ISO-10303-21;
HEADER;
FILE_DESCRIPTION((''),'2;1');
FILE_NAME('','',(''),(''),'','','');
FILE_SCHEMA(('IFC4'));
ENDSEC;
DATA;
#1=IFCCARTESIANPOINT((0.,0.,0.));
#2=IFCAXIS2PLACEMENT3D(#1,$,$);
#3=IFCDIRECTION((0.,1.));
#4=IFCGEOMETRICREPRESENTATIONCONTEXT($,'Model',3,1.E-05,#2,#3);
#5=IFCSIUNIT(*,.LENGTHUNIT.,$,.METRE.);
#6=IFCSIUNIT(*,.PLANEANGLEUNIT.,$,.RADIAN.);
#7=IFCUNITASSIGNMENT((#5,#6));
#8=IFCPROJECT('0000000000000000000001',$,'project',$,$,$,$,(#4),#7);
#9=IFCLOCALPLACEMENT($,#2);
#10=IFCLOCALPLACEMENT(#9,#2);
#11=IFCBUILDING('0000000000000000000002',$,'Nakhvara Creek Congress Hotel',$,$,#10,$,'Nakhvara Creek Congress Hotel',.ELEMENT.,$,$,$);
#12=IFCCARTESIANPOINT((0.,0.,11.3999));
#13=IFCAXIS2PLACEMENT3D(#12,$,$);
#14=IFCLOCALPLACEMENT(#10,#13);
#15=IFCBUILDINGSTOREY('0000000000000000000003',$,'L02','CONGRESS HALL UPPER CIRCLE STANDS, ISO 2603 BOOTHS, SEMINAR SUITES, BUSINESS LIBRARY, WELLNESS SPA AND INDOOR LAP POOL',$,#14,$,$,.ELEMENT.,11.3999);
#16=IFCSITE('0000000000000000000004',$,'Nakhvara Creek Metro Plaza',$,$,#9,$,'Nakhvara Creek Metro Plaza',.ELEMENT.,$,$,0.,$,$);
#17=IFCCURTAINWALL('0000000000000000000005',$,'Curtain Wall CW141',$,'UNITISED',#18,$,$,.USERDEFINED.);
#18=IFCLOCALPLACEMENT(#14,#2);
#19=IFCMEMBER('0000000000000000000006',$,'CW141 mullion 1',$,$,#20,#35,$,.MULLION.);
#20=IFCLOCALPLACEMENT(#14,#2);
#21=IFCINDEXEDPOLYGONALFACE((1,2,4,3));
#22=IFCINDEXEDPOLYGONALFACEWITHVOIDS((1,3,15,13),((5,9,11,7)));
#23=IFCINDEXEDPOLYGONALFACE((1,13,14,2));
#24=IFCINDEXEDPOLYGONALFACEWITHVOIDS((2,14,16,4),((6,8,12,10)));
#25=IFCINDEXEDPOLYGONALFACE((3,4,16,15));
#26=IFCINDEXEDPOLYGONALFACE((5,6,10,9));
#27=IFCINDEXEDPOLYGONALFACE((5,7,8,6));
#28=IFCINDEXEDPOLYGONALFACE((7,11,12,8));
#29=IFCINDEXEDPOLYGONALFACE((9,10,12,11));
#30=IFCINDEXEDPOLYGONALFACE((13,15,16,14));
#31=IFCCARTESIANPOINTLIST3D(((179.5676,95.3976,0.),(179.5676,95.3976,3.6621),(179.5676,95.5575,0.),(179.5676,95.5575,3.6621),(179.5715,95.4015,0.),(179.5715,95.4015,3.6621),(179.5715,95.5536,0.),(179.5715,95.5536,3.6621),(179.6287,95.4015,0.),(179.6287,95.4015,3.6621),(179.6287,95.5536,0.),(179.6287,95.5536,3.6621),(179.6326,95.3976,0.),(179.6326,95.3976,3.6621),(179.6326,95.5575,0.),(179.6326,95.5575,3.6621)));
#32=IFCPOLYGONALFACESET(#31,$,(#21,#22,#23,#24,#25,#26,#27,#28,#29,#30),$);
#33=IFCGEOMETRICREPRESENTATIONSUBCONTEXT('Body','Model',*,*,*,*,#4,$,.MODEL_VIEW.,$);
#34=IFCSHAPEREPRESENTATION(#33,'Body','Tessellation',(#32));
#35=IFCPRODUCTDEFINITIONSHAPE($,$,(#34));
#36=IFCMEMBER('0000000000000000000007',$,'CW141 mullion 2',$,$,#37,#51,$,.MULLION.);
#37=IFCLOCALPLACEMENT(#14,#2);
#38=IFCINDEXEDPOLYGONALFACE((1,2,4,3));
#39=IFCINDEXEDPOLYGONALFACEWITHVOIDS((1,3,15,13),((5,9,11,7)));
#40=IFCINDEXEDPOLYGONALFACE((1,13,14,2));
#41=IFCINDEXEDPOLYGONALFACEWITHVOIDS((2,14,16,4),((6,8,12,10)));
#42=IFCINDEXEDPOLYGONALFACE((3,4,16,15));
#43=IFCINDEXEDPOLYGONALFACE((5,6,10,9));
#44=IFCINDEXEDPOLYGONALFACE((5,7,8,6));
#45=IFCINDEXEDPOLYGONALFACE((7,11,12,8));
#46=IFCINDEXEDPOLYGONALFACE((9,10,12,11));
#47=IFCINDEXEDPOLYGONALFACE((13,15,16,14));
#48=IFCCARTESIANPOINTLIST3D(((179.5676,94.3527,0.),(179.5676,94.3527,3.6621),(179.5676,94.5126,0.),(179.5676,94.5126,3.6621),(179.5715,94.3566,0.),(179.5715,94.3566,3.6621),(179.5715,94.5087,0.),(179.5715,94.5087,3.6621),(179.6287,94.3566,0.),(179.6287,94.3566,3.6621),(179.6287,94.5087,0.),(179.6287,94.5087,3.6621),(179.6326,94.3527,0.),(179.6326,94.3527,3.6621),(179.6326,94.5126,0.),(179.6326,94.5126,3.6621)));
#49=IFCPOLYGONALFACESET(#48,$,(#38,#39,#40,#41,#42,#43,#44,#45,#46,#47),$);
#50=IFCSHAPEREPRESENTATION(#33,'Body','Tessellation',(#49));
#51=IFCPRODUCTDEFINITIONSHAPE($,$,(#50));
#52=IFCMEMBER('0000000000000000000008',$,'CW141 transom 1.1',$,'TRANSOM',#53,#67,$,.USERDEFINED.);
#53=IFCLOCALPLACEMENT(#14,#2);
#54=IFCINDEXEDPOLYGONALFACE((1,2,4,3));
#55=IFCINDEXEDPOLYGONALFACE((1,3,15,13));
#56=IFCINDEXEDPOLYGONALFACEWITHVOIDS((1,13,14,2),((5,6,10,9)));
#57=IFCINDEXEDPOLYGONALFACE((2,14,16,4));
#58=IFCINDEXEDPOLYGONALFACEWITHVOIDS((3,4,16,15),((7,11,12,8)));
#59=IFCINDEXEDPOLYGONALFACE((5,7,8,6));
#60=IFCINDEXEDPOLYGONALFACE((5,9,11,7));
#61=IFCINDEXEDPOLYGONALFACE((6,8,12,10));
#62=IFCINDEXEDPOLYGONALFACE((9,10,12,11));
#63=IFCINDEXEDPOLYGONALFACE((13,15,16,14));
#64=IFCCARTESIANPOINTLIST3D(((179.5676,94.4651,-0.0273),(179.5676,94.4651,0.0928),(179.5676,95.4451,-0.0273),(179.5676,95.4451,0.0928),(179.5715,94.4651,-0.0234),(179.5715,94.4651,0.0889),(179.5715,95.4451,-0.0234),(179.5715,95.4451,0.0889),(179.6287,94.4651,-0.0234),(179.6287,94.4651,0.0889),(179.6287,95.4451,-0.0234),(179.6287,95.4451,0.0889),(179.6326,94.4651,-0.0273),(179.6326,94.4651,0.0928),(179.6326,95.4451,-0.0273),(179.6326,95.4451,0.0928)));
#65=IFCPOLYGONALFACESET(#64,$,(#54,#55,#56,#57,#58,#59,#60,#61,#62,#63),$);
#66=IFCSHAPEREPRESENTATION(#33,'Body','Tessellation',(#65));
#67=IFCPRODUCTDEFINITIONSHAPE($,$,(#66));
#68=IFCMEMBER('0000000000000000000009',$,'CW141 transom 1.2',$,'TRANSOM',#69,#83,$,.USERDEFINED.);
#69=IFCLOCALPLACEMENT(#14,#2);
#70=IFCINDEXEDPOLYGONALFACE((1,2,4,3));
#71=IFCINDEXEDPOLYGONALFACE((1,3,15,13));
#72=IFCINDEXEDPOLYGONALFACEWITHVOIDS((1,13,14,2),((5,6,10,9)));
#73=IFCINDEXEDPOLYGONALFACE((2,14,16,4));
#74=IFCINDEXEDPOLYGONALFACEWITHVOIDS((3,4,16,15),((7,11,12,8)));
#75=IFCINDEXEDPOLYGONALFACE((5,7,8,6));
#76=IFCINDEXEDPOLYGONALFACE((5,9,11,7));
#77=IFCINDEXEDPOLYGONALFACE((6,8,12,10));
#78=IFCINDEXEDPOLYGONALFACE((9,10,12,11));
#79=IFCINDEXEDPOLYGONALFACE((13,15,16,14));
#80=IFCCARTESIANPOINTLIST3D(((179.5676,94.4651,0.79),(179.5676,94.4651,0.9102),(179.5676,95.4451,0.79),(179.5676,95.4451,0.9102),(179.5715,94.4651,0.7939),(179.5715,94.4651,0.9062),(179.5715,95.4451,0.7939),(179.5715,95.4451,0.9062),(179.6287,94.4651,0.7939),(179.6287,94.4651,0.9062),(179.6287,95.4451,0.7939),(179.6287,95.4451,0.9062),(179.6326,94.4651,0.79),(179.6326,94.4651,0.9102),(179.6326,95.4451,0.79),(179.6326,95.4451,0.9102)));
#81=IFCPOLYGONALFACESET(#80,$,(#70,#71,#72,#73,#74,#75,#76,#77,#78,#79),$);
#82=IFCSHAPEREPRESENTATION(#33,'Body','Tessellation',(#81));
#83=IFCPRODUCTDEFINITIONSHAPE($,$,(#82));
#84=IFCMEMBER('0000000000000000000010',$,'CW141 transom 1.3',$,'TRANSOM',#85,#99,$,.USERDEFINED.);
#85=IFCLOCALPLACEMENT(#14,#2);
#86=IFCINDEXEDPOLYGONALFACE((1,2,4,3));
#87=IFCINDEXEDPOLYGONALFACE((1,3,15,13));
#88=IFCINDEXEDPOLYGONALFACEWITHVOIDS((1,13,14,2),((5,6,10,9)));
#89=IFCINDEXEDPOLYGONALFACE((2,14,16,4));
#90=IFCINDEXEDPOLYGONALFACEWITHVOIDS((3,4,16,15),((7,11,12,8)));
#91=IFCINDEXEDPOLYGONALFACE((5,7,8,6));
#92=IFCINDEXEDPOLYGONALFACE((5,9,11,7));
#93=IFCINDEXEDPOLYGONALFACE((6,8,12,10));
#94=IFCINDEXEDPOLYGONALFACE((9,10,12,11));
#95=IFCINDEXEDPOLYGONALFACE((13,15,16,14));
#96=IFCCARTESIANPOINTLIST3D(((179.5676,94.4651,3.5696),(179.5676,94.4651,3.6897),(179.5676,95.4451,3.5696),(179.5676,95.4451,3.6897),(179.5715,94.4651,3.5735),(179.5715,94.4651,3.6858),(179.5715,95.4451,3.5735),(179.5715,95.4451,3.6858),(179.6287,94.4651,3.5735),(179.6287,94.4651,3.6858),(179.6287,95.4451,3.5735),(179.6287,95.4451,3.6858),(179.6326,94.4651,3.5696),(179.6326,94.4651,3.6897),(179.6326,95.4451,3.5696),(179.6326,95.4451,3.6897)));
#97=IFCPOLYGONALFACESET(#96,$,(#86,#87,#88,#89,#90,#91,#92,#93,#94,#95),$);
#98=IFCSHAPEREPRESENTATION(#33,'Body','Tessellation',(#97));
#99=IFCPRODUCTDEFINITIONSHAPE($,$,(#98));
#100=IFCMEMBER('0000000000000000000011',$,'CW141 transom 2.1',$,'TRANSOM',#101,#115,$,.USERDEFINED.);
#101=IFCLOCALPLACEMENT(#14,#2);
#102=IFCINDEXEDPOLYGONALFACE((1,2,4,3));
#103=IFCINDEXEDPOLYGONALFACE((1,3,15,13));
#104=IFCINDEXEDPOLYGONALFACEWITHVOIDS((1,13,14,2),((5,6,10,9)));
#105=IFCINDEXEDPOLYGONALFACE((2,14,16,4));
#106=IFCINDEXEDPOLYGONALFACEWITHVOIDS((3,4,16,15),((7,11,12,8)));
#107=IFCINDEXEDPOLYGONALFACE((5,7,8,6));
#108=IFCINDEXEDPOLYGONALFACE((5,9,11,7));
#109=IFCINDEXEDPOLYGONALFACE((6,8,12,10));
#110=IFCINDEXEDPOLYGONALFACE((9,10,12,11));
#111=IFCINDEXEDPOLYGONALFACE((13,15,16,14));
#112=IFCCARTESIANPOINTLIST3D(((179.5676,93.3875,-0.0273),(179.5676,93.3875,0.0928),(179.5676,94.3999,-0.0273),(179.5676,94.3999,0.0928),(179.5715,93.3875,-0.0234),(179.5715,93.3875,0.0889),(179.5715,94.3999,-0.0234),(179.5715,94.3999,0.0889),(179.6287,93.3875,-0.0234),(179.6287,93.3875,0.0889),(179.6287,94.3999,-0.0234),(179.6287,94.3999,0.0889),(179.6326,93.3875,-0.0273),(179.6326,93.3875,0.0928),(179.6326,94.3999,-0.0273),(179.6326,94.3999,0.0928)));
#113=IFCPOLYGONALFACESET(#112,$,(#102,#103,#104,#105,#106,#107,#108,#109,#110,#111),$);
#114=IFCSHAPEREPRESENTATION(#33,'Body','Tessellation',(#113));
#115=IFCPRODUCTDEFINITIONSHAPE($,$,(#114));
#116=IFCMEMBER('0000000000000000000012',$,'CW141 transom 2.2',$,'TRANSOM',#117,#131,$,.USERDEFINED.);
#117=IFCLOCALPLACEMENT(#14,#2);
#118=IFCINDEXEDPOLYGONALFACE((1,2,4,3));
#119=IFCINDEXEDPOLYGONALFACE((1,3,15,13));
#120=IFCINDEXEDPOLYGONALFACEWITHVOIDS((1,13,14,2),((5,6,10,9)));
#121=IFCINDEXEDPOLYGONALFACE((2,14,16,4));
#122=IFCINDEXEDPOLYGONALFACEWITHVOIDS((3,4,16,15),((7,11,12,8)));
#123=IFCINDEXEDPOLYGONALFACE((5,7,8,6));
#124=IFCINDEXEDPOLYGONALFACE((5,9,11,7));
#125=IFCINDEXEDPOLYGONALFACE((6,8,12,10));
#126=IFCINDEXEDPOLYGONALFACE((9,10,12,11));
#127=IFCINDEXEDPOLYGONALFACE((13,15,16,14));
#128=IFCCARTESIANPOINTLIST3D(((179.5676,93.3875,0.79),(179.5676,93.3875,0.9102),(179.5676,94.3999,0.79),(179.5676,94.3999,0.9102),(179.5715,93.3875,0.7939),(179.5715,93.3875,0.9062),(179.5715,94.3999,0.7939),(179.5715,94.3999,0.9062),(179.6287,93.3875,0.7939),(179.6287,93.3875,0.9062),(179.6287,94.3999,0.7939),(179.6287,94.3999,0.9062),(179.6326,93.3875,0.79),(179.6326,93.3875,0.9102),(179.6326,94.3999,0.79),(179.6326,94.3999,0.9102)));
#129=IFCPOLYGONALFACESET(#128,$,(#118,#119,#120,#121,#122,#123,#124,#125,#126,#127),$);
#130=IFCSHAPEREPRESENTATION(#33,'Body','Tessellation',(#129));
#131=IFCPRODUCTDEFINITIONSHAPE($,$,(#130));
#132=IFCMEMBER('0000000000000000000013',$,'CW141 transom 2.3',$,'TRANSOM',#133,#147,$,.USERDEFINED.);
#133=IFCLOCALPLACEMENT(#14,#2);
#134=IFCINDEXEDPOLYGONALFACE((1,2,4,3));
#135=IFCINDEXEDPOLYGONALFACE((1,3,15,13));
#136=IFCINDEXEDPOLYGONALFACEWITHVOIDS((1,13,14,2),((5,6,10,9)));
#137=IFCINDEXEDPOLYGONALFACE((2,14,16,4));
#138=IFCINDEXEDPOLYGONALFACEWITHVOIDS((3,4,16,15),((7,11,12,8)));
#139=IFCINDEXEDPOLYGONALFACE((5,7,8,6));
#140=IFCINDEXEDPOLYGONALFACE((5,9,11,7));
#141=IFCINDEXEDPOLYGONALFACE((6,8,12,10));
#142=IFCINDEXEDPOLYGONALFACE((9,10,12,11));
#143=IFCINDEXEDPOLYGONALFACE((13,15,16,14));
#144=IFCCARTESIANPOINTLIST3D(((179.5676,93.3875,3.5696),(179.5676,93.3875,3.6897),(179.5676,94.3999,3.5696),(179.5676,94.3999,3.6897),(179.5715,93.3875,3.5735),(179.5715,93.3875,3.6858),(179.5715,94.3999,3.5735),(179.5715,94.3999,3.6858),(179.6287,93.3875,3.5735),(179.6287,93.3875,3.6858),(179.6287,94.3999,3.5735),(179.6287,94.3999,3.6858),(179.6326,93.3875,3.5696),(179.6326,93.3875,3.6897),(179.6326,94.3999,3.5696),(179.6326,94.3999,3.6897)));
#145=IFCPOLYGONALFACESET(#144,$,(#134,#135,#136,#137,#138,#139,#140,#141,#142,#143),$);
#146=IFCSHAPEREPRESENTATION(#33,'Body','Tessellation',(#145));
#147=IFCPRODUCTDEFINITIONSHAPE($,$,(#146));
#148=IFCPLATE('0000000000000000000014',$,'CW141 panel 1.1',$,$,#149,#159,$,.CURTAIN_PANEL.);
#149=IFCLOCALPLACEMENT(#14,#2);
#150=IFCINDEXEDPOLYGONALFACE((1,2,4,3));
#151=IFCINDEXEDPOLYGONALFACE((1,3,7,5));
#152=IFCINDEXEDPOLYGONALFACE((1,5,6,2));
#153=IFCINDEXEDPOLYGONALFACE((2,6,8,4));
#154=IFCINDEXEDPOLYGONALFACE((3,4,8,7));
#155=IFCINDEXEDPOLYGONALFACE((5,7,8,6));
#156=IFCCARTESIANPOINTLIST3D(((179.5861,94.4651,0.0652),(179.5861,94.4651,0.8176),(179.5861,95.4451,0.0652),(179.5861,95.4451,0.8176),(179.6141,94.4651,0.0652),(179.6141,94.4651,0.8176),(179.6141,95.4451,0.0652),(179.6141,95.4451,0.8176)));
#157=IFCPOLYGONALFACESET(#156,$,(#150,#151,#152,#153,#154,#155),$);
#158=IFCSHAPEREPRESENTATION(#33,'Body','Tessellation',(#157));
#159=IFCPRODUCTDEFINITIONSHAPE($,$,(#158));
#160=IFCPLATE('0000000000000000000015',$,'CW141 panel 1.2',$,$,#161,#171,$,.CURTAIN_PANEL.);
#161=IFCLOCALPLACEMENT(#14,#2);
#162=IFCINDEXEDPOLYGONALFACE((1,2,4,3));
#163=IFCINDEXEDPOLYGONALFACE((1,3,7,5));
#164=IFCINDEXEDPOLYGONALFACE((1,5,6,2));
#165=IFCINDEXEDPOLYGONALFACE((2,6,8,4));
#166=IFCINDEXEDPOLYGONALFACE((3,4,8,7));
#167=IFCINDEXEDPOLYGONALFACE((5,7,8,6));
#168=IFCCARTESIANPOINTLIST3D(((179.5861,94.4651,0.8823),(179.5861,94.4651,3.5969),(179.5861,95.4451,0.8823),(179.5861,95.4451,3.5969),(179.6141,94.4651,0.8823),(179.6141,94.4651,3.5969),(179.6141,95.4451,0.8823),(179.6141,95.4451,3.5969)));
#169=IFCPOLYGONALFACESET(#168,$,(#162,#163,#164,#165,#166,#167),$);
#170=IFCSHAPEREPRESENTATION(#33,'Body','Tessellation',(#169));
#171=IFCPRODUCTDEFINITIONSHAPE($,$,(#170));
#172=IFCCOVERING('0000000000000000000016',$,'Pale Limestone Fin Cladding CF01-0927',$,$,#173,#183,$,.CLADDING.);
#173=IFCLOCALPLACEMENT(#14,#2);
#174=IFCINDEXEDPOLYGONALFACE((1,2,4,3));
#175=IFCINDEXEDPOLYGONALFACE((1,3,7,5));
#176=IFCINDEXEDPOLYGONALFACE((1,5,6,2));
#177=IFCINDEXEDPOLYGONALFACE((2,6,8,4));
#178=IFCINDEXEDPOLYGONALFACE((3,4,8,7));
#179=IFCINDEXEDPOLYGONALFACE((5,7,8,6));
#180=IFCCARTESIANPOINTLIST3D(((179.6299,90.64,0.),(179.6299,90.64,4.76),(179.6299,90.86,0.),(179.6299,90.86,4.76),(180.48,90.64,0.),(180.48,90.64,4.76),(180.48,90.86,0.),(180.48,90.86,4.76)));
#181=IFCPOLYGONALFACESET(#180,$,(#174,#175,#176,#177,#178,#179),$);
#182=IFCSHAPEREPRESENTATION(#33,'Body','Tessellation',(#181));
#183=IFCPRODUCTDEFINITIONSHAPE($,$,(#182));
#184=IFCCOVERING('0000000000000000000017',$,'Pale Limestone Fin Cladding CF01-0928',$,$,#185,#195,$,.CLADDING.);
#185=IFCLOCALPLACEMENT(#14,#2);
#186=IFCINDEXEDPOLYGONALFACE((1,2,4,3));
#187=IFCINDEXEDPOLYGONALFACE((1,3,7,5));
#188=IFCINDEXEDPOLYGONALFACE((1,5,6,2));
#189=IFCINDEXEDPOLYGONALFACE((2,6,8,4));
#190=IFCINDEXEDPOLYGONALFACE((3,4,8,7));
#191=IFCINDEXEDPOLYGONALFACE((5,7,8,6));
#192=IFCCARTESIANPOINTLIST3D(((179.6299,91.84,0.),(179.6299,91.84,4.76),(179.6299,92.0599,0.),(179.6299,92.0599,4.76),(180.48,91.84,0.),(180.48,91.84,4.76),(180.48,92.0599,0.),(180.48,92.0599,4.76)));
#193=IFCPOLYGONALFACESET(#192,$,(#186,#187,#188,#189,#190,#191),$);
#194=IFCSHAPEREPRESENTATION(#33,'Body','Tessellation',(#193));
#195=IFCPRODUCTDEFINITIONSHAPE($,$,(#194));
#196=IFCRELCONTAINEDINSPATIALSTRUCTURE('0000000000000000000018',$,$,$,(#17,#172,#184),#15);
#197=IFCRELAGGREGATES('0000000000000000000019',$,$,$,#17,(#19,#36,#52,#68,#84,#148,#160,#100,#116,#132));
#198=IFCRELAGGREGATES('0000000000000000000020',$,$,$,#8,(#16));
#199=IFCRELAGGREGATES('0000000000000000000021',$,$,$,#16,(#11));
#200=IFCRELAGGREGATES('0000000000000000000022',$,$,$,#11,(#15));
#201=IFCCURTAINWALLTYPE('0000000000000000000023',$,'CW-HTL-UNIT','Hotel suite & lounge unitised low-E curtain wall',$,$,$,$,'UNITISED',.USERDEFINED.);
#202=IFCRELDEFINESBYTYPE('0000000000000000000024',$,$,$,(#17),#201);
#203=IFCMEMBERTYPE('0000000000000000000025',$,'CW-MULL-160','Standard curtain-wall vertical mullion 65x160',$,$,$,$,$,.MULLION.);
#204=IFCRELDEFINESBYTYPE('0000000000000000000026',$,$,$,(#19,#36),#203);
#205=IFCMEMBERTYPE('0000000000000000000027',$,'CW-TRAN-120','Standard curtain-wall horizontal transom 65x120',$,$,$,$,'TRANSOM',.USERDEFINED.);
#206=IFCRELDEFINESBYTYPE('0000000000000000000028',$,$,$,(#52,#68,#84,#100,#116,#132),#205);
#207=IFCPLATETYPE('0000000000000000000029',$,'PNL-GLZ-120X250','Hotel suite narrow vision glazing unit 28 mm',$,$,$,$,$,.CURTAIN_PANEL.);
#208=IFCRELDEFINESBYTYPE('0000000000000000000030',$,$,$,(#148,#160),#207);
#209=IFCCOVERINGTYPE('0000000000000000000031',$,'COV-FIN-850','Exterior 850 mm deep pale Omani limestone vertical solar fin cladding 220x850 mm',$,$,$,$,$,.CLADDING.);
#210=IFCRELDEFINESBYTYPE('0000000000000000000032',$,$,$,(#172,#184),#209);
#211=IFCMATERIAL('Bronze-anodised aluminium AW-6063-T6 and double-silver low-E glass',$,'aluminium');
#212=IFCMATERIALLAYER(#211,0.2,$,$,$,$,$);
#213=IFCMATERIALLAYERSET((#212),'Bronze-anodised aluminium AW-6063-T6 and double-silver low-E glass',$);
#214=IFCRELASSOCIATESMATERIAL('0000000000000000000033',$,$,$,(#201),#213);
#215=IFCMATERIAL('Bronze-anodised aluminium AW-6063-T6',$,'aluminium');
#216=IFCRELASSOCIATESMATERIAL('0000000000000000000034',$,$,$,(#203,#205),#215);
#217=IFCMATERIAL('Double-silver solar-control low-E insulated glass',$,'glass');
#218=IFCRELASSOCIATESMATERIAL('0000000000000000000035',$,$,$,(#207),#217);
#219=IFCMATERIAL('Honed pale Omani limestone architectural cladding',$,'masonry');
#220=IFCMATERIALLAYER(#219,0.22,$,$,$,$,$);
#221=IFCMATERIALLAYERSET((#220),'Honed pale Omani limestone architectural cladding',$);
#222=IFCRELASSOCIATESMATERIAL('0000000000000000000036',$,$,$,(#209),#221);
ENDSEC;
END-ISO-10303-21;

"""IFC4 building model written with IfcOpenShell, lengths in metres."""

from ifc_helpers import new_model, si_unit, direction, frame, origin, origin_2d, place, context, subcontext, project, spatial, rectangle, hollow_rectangle, extrude, material, layer, layer_set, material_profile, profile_set, type_object, element, aggregate, save


model = new_model("IFC4")

# Units and contexts
model_context = context("Model", 3, precision=1e-05, world=origin(), true_north=direction((0.0, 1.0)))
body_context = subcontext(model_context, "Body", "Model", "MODEL_VIEW")
ifc_project = project(units=[si_unit("LENGTHUNIT", "METRE"), si_unit("PLANEANGLEUNIT", "RADIAN")], contexts=[model_context])

# Site, building, storey
site_placement = place(None, origin())
site = spatial("IfcSite", under=ifc_project, at=site_placement, Name="Nakhvara Creek Metro Plaza", LongName="Nakhvara Creek Metro Plaza", CompositionType="ELEMENT", RefElevation=0.0)
building_placement = place(site_placement, origin())
building = spatial("IfcBuilding", under=site, at=building_placement, Name="Nakhvara Creek Congress Hotel", LongName="Nakhvara Creek Congress Hotel", CompositionType="ELEMENT")
storey_placement = place(building_placement, frame((0.0, 0.0, 11.3999)))
storey = spatial("IfcBuildingStorey", under=building, at=storey_placement, Name="L02", Description="CONGRESS HALL UPPER CIRCLE STANDS, ISO 2603 BOOTHS, SEMINAR SUITES, BUSINESS LIBRARY, WELLNESS SPA AND INDOOR LAP POOL", CompositionType="ELEMENT", Elevation=11.3999)

# Curtain wall, members, plates
ifc_material_1 = material(Name="Bronze-anodised aluminium AW-6063-T6 and double-silver low-E glass", Category="aluminium")
ifc_layer_1 = layer(ifc_material_1, 0.2)
ifc_layer_set_1 = layer_set([ifc_layer_1], Name="Bronze-anodised aluminium AW-6063-T6 and double-silver low-E glass")
curtain_wall_type = type_object("IfcCurtainWallType", Name="CW-HTL-UNIT", Description="Hotel suite & lounge unitised low-E curtain wall", ElementType="UNITISED", PredefinedType="USERDEFINED", material=ifc_layer_set_1)
curtain_wall_placement = place(storey_placement, origin())
curtain_wall = element("IfcCurtainWall", 1, at=curtain_wall_placement, inside=storey, type_object=curtain_wall_type, Name="Curtain Wall CW141", ObjectType="UNITISED", PredefinedType="USERDEFINED")
ifc_material_2 = material(Name="Bronze-anodised aluminium AW-6063-T6", Category="aluminium")
ifc_material_profile_1 = material_profile(ifc_material_2, hollow_rectangle(XDim=0.0649, YDim=0.1599, WallThickness=0.0039, at=origin_2d()), Name="ALU-MULL 65x160x4", Category="LoadBearing")
ifc_profile_set_1 = profile_set([ifc_material_profile_1], Name="Bronze-anodised aluminium AW-6063-T6")
member_type_1 = type_object("IfcMemberType", Name="CW-MULL-160", Description="Standard curtain-wall vertical mullion 65x160", PredefinedType="MULLION", material=ifc_profile_set_1)
member_1_placement = place(storey_placement, frame((179.6001, 95.4775, 0.0), z_axis=(0.0, 0.0, 1.0), x_axis=(1.0, 0.0, 0.0)))
member_1 = element("IfcMember", 2, at=member_1_placement, type_object=member_type_1, Name="CW141 mullion 1", PredefinedType="MULLION", context=body_context, shape_type="SweptSolid", body=[
    extrude(hollow_rectangle(XDim=0.0649, YDim=0.1599, WallThickness=0.0039, at=origin_2d()), origin(), (0.0, 0.0, 1.0), 3.6621),
])
member_2_placement = place(storey_placement, frame((179.6001, 94.4326, 0.0), z_axis=(0.0, 0.0, 1.0), x_axis=(1.0, 0.0, 0.0)))
member_2 = element("IfcMember", 3, at=member_2_placement, type_object=member_type_1, Name="CW141 mullion 2", PredefinedType="MULLION", context=body_context, shape_type="SweptSolid", body=[
    extrude(hollow_rectangle(XDim=0.0649, YDim=0.1599, WallThickness=0.0039, at=origin_2d()), origin(), (0.0, 0.0, 1.0), 3.6621),
])
ifc_material_profile_2 = material_profile(ifc_material_2, hollow_rectangle(XDim=0.0649, YDim=0.1201, WallThickness=0.0039, at=origin_2d()), Name="ALU-TRAN 65x120x4", Category="LoadBearing")
ifc_profile_set_2 = profile_set([ifc_material_profile_2], Name="Bronze-anodised aluminium AW-6063-T6")
member_type_2 = type_object("IfcMemberType", Name="CW-TRAN-120", Description="Standard curtain-wall horizontal transom 65x120", ElementType="TRANSOM", PredefinedType="USERDEFINED", material=ifc_profile_set_2)
member_3_placement = place(storey_placement, frame((179.6001, 95.4451, 0.0327), z_axis=(0.0, -1.0, 0.0), x_axis=(1.0, 0.0, 0.0)))
member_3 = element("IfcMember", 4, at=member_3_placement, type_object=member_type_2, Name="CW141 transom 1.1", ObjectType="TRANSOM", PredefinedType="USERDEFINED", context=body_context, shape_type="SweptSolid", body=[
    extrude(hollow_rectangle(XDim=0.0649, YDim=0.1201, WallThickness=0.0039, at=origin_2d()), origin(), (0.0, 0.0, 1.0), 0.98),
])
member_4_placement = place(storey_placement, frame((179.6001, 95.4451, 0.8501), z_axis=(0.0, -1.0, 0.0), x_axis=(1.0, 0.0, 0.0)))
member_4 = element("IfcMember", 5, at=member_4_placement, type_object=member_type_2, Name="CW141 transom 1.2", ObjectType="TRANSOM", PredefinedType="USERDEFINED", context=body_context, shape_type="SweptSolid", body=[
    extrude(hollow_rectangle(XDim=0.0649, YDim=0.1201, WallThickness=0.0039, at=origin_2d()), origin(), (0.0, 0.0, 1.0), 0.98),
])
member_5_placement = place(storey_placement, frame((179.6001, 95.4451, 3.6296), z_axis=(0.0, -1.0, 0.0), x_axis=(1.0, 0.0, 0.0)))
member_5 = element("IfcMember", 6, at=member_5_placement, type_object=member_type_2, Name="CW141 transom 1.3", ObjectType="TRANSOM", PredefinedType="USERDEFINED", context=body_context, shape_type="SweptSolid", body=[
    extrude(hollow_rectangle(XDim=0.0649, YDim=0.1201, WallThickness=0.0039, at=origin_2d()), origin(), (0.0, 0.0, 1.0), 0.98),
])
member_6_placement = place(storey_placement, frame((179.6001, 94.3999, 0.0327), z_axis=(0.0, -1.0, 0.0), x_axis=(1.0, 0.0, 0.0)))
member_6 = element("IfcMember", 7, at=member_6_placement, type_object=member_type_2, Name="CW141 transom 2.1", ObjectType="TRANSOM", PredefinedType="USERDEFINED", context=body_context, shape_type="SweptSolid", body=[
    extrude(hollow_rectangle(XDim=0.0649, YDim=0.1201, WallThickness=0.0039, at=origin_2d()), origin(), (0.0, 0.0, 1.0), 1.0125),
])
member_7_placement = place(storey_placement, frame((179.6001, 94.3999, 0.8501), z_axis=(0.0, -1.0, 0.0), x_axis=(1.0, 0.0, 0.0)))
member_7 = element("IfcMember", 8, at=member_7_placement, type_object=member_type_2, Name="CW141 transom 2.2", ObjectType="TRANSOM", PredefinedType="USERDEFINED", context=body_context, shape_type="SweptSolid", body=[
    extrude(hollow_rectangle(XDim=0.0649, YDim=0.1201, WallThickness=0.0039, at=origin_2d()), origin(), (0.0, 0.0, 1.0), 1.0125),
])
member_8_placement = place(storey_placement, frame((179.6001, 94.3999, 3.6296), z_axis=(0.0, -1.0, 0.0), x_axis=(1.0, 0.0, 0.0)))
member_8 = element("IfcMember", 9, at=member_8_placement, type_object=member_type_2, Name="CW141 transom 2.3", ObjectType="TRANSOM", PredefinedType="USERDEFINED", context=body_context, shape_type="SweptSolid", body=[
    extrude(hollow_rectangle(XDim=0.0649, YDim=0.1201, WallThickness=0.0039, at=origin_2d()), origin(), (0.0, 0.0, 1.0), 1.0125),
])
ifc_material_3 = material(Name="Double-silver solar-control low-E insulated glass", Category="glass")
plate_type = type_object("IfcPlateType", Name="PNL-GLZ-120X250", Description="Hotel suite narrow vision glazing unit 28 mm", PredefinedType="CURTAIN_PANEL", material=ifc_material_3)
plate_1_placement = place(storey_placement, frame((179.6001, 94.9551, 0.0652), z_axis=(0.0, 0.0, 1.0), x_axis=(0.0, -1.0, 0.0)))
plate_1 = element("IfcPlate", 10, at=plate_1_placement, type_object=plate_type, Name="CW141 panel 1.1", PredefinedType="CURTAIN_PANEL", context=body_context, shape_type="SweptSolid", body=[
    extrude(rectangle(XDim=0.98, YDim=0.0281, at=origin_2d()), origin(), (0.0, 0.0, 1.0), 0.7524),
])
plate_2_placement = place(storey_placement, frame((179.6001, 94.9551, 0.8823), z_axis=(0.0, 0.0, 1.0), x_axis=(0.0, -1.0, 0.0)))
plate_2 = element("IfcPlate", 11, at=plate_2_placement, type_object=plate_type, Name="CW141 panel 1.2", PredefinedType="CURTAIN_PANEL", context=body_context, shape_type="SweptSolid", body=[
    extrude(rectangle(XDim=0.98, YDim=0.0281, at=origin_2d()), origin(), (0.0, 0.0, 1.0), 2.7146),
])
aggregate(curtain_wall, [member_1, member_2, member_3, member_4, member_5, plate_1, plate_2, member_6, member_7, member_8])

# Coverings
ifc_material_4 = material(Name="Honed pale Omani limestone architectural cladding", Category="masonry")
ifc_layer_2 = layer(ifc_material_4, 0.22)
ifc_layer_set_2 = layer_set([ifc_layer_2], Name="Honed pale Omani limestone architectural cladding")
covering_type = type_object("IfcCoveringType", Name="COV-FIN-850", Description="Exterior 850 mm deep pale Omani limestone vertical solar fin cladding 220x850 mm", PredefinedType="CLADDING", material=ifc_layer_set_2)
for number, where, z_axis, x_axis, name in (
    (12, (180.0549, 90.75, 0.0), (0.0, 0.0, 1.0), (0.0, 1.0, 0.0), "Pale Limestone Fin Cladding CF01-0927"),
    (13, (180.0549, 91.95, 0.0), (0.0, 0.0, 1.0), (0.0, 1.0, 0.0), "Pale Limestone Fin Cladding CF01-0928"),
):
    element("IfcCovering", number, at=place(storey_placement, frame(where, z_axis=z_axis, x_axis=x_axis)), inside=storey, type_object=covering_type, Name=name, PredefinedType="CLADDING", context=body_context, shape_type="SweptSolid", body=[
        extrude(rectangle(XDim=0.22, YDim=0.8501, at=origin_2d()), origin(), (0.0, 0.0, 1.0), 4.76),
    ])

save(model, "model.ifc")
